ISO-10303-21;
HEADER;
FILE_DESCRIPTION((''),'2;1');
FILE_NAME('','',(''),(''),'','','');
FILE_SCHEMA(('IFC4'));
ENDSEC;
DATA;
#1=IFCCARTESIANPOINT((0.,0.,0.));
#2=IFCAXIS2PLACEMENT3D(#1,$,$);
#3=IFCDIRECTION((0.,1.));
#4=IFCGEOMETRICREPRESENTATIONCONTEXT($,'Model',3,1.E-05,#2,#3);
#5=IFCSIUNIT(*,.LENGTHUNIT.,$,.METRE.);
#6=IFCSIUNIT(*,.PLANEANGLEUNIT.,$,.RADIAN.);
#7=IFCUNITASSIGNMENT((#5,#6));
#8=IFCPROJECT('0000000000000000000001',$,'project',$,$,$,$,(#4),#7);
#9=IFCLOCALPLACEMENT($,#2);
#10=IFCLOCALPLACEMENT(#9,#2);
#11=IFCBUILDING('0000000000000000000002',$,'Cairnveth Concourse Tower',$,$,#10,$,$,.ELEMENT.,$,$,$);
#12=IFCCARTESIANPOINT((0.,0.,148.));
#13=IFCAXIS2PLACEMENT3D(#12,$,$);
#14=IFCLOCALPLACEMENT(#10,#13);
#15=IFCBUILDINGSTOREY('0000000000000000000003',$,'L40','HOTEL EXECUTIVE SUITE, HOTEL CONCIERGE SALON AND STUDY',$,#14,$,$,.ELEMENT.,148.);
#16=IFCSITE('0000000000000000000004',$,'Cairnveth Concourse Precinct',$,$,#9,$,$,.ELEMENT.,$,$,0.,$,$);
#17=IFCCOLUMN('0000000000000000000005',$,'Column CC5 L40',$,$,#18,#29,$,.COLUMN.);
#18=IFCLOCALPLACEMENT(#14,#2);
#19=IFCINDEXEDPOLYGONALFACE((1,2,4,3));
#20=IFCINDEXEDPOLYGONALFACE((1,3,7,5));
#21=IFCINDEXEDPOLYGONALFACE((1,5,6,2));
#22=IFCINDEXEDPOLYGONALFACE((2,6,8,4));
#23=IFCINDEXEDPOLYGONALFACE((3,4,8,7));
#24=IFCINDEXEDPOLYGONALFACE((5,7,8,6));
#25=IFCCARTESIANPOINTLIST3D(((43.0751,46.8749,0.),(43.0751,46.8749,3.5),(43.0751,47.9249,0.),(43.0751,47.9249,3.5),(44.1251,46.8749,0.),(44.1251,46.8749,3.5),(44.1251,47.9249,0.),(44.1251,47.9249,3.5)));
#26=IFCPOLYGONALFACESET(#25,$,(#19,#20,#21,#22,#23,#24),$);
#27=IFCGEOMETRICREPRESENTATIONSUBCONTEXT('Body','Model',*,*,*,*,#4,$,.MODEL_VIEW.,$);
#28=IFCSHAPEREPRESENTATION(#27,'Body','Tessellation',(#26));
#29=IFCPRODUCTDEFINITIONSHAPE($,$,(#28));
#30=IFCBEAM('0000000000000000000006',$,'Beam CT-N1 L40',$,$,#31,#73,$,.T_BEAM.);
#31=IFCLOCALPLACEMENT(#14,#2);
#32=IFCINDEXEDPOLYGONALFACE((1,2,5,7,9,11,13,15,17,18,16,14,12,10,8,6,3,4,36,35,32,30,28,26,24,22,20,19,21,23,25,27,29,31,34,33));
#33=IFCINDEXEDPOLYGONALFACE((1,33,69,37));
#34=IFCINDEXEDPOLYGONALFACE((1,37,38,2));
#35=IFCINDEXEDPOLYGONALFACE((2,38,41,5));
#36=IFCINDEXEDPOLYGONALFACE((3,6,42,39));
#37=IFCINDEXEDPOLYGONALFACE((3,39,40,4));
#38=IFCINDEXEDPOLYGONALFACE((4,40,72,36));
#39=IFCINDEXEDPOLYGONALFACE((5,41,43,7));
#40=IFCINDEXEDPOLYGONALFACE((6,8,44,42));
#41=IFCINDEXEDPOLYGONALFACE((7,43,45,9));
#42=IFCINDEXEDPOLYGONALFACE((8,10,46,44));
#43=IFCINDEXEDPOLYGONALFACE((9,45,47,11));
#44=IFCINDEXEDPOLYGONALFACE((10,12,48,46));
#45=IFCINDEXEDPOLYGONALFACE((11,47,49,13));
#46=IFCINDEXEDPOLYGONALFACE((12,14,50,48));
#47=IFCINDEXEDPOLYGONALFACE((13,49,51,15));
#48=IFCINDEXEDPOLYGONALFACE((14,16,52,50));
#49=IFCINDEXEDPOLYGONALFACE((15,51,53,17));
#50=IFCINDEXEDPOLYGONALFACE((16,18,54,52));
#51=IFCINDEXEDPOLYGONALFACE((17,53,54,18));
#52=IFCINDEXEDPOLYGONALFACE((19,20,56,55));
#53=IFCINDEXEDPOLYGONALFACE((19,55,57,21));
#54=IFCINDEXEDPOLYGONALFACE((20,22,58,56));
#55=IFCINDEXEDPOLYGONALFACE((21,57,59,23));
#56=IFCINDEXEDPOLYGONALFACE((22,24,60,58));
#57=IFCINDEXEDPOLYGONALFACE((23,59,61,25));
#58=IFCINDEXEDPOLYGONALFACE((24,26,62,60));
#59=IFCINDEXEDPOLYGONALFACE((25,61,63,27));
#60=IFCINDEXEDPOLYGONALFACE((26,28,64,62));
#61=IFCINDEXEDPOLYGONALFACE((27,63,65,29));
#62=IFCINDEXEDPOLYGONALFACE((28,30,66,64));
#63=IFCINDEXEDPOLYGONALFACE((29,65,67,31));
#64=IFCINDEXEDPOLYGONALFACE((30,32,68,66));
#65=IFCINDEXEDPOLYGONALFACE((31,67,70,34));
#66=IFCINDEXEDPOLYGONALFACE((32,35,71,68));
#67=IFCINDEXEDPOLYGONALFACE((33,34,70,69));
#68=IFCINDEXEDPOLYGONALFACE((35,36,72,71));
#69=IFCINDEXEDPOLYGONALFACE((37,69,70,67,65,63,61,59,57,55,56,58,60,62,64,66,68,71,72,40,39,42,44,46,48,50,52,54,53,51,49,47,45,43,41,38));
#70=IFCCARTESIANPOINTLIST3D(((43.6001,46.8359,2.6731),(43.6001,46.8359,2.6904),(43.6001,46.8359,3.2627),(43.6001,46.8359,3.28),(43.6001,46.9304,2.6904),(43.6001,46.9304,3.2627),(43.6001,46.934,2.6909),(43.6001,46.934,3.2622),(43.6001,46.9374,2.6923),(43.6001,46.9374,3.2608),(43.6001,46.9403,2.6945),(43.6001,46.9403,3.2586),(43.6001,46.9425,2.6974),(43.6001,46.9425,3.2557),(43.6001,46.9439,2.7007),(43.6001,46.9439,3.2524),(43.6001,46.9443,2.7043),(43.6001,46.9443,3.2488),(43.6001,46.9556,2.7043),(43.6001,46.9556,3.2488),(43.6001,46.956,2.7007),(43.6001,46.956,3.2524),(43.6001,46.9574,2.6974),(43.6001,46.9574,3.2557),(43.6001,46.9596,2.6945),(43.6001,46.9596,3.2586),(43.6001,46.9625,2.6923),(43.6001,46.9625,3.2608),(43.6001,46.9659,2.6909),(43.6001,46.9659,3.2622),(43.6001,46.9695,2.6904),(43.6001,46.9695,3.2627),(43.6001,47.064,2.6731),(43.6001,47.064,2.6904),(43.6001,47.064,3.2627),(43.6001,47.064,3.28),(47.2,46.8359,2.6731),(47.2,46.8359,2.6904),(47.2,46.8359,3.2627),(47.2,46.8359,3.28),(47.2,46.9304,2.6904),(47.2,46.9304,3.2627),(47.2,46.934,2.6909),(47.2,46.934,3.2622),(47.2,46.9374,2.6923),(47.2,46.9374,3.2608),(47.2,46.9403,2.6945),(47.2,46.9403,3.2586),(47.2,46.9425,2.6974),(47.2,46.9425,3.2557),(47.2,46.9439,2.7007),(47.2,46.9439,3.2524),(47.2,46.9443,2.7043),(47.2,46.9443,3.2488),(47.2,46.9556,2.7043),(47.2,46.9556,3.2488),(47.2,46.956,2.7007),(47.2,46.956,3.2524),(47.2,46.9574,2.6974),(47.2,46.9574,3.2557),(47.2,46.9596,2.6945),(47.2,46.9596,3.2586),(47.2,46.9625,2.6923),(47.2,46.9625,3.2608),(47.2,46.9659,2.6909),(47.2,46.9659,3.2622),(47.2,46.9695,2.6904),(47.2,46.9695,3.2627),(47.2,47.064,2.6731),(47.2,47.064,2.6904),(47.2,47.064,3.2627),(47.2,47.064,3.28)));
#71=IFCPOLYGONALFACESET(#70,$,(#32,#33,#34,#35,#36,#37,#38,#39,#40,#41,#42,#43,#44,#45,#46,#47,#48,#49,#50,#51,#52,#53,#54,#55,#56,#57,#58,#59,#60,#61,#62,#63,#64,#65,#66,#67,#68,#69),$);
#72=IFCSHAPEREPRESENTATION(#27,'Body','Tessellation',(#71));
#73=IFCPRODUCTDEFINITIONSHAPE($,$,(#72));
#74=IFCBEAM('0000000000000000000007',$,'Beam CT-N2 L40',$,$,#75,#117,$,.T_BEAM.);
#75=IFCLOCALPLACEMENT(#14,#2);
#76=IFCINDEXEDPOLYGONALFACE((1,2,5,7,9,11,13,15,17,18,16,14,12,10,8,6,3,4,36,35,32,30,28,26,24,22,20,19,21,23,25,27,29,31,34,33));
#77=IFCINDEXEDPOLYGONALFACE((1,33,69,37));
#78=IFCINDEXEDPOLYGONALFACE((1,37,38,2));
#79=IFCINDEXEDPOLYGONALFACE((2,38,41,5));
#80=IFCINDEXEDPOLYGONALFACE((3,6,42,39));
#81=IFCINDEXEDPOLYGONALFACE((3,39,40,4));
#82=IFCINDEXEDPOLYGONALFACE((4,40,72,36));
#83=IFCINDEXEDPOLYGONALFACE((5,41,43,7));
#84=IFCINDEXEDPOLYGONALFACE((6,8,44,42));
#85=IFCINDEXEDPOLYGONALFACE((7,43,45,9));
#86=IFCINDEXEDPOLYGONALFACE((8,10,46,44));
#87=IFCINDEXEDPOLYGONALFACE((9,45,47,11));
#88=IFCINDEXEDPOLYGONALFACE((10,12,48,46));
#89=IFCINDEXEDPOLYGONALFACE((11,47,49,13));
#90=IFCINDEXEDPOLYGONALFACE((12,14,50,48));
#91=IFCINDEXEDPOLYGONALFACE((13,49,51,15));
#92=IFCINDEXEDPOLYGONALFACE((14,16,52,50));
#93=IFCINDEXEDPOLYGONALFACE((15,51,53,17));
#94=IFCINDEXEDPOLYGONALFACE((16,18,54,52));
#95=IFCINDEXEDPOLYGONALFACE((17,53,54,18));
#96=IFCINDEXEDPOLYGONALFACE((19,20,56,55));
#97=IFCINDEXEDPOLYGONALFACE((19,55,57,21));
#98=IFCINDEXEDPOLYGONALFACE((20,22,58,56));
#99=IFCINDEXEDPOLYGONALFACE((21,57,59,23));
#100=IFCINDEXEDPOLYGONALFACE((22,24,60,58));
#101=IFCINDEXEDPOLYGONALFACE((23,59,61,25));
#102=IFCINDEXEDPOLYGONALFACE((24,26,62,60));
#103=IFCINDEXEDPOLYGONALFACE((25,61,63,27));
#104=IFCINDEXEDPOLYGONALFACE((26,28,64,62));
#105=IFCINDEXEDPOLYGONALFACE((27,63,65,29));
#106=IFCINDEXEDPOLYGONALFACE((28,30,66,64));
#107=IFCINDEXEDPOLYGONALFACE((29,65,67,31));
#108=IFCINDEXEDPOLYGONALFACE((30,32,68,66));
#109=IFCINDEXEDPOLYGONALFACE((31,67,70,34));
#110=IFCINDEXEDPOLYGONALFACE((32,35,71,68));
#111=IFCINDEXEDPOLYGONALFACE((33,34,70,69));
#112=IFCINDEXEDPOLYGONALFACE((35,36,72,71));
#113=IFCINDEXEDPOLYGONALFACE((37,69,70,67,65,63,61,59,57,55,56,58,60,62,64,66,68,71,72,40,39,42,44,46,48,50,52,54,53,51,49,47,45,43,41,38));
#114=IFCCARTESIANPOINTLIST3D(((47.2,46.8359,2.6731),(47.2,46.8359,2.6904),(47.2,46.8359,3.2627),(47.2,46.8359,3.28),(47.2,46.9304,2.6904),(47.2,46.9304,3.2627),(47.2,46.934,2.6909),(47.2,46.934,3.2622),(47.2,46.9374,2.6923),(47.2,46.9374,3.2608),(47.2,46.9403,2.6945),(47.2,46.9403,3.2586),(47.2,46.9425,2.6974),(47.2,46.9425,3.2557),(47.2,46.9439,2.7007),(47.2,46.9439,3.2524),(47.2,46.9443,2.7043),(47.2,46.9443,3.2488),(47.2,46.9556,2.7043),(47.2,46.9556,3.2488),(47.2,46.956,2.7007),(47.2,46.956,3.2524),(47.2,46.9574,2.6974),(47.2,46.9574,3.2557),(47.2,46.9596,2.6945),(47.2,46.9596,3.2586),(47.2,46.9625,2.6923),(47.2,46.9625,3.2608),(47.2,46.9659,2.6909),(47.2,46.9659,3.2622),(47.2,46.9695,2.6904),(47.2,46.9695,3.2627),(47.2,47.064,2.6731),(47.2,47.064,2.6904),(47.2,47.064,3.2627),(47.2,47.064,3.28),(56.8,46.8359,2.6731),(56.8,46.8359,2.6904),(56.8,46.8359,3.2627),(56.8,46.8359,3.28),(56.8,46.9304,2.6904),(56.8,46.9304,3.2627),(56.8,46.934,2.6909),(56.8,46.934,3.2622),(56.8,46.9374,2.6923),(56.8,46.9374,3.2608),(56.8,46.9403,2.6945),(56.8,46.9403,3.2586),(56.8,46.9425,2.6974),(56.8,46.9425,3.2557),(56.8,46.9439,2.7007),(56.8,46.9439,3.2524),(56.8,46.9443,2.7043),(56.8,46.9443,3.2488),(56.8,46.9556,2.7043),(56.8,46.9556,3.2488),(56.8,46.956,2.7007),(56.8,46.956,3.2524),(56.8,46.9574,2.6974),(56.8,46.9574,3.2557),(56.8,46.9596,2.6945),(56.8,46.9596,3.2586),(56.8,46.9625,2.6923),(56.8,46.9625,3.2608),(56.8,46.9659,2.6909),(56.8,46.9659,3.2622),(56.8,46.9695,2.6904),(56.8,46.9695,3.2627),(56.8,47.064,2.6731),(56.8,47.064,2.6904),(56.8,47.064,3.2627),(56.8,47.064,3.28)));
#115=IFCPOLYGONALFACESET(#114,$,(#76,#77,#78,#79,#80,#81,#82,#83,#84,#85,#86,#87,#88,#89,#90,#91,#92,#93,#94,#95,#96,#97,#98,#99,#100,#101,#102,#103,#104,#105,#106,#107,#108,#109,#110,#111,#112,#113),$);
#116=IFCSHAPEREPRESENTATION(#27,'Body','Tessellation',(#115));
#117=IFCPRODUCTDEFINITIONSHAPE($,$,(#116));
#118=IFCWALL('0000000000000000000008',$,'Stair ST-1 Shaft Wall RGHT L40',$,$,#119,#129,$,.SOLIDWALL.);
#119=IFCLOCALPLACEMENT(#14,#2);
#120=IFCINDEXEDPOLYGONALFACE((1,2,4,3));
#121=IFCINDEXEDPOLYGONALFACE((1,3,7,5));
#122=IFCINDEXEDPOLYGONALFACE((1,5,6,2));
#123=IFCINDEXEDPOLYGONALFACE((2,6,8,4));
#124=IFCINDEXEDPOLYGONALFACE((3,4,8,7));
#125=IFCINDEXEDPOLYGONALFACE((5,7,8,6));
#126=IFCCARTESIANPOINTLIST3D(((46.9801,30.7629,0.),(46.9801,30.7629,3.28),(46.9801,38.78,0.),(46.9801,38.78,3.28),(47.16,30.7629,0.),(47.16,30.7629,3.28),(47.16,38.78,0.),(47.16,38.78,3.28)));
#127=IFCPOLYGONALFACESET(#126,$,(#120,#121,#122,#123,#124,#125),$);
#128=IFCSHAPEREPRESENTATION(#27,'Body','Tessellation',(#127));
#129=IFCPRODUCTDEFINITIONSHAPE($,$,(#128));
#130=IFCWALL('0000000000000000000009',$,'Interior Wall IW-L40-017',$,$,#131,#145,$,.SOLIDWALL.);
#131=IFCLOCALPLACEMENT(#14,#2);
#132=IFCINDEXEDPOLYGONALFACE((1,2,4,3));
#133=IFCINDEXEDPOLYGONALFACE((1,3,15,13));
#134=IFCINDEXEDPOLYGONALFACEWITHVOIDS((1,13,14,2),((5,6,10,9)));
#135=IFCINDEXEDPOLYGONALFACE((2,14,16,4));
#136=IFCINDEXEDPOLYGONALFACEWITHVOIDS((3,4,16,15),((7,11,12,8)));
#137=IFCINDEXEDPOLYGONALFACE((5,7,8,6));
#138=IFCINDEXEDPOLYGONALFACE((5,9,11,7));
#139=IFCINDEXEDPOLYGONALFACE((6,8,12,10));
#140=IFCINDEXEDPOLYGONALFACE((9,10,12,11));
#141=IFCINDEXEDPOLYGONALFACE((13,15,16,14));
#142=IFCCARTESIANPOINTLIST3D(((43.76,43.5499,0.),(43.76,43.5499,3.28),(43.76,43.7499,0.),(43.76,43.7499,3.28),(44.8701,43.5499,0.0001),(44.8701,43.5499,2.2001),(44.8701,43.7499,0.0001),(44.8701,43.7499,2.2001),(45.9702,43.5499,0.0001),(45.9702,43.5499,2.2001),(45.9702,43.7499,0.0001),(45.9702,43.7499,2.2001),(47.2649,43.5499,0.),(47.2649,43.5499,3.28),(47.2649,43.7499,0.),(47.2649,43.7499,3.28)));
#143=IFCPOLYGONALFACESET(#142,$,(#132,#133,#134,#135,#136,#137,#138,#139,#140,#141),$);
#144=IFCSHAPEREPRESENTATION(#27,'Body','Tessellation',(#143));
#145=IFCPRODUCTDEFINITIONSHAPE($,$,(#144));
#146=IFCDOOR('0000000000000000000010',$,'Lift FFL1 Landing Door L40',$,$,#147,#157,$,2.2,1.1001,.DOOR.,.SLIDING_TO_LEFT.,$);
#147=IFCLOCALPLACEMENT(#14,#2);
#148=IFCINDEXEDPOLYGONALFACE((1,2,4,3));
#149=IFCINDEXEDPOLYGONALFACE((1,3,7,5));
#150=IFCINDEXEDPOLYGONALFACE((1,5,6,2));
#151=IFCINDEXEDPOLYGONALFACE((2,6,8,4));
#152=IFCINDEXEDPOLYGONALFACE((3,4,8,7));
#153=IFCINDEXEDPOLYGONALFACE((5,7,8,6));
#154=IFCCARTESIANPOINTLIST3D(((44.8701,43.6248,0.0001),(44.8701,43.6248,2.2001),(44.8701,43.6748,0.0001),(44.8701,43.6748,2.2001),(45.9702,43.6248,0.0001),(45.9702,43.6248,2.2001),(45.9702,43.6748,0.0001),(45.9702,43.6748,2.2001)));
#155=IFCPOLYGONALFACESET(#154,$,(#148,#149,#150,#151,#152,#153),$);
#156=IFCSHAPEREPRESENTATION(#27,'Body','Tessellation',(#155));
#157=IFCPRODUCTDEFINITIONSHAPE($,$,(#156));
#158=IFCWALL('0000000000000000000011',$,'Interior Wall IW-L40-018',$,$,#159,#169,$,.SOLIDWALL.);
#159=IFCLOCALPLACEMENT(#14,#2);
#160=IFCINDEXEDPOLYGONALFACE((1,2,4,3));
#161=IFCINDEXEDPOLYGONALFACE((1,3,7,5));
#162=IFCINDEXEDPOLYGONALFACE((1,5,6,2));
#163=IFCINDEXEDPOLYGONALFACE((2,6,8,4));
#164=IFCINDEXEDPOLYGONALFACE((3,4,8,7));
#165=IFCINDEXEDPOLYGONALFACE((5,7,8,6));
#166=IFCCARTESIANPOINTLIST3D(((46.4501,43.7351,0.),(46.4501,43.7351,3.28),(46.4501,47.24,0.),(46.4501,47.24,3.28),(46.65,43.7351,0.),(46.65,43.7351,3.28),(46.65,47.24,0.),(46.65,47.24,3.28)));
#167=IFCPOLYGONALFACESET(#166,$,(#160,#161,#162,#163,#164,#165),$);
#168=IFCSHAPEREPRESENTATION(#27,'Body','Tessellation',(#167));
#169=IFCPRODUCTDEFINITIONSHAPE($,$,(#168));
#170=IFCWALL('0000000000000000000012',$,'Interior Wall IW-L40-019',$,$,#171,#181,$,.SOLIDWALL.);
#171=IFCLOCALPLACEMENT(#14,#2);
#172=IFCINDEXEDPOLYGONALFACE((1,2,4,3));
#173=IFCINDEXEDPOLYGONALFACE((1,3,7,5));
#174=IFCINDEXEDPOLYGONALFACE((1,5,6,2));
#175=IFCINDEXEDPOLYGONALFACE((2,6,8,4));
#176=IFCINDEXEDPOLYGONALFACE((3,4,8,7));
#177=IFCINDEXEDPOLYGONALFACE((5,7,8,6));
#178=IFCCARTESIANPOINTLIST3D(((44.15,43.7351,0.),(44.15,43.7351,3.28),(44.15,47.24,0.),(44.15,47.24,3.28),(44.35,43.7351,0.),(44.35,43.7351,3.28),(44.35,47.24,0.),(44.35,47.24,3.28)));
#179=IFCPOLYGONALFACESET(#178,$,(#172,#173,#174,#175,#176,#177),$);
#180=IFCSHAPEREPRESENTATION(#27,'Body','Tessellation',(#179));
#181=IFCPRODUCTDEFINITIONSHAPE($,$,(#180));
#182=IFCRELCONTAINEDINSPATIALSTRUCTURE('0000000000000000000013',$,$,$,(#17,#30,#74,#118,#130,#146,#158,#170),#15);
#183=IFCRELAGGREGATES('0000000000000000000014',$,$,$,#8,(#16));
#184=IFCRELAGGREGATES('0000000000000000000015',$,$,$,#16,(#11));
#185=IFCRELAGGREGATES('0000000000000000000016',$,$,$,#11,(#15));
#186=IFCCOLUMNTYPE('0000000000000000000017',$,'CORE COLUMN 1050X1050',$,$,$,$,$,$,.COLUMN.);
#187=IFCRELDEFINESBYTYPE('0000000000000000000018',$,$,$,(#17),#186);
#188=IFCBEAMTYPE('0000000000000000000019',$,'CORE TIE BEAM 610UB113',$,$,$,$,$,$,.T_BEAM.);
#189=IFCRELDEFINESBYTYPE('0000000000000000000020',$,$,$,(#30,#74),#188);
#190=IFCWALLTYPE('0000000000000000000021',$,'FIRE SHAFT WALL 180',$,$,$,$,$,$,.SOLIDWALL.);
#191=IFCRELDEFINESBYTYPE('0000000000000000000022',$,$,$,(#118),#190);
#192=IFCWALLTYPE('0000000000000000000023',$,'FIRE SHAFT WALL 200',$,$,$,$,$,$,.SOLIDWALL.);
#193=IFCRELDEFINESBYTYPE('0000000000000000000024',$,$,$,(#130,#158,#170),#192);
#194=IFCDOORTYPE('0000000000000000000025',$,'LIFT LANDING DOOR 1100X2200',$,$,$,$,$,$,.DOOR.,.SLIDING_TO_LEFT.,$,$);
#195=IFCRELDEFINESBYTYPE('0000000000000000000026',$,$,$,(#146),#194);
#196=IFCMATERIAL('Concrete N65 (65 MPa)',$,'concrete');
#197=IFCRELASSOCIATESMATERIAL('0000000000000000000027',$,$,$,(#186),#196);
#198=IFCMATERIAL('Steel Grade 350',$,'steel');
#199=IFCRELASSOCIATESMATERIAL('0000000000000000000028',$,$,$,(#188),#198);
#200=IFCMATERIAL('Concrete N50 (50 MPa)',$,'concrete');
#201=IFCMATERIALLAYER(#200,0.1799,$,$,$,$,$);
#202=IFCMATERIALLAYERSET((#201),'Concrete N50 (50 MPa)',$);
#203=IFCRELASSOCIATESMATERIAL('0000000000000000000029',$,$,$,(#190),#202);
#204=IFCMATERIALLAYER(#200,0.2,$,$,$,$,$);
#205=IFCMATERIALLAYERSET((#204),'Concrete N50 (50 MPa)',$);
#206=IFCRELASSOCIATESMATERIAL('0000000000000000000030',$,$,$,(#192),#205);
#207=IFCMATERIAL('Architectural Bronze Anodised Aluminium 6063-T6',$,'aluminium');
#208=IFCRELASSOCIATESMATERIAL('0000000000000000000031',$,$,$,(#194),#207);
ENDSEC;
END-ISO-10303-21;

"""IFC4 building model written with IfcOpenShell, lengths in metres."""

from ifc_helpers import new_model, si_unit, direction, frame, frame_2d, origin, origin_2d, place, context, subcontext, project, spatial, rectangle, i_section, extrude, material, layer, layer_set, material_profile, profile_set, type_object, element, fill, save


model = new_model("IFC4")

# Units and contexts
model_context = context("Model", 3, precision=1e-05, world=origin(), true_north=direction((0.0, 1.0)))
body_context = subcontext(model_context, "Body", "Model", "MODEL_VIEW")
ifc_project = project(units=[si_unit("LENGTHUNIT", "METRE"), si_unit("PLANEANGLEUNIT", "RADIAN")], contexts=[model_context])

# Site, building, storey
site_placement = place(None, origin())
site = spatial("IfcSite", under=ifc_project, at=site_placement, Name="Cairnveth Concourse Precinct", CompositionType="ELEMENT", RefElevation=0.0)
building_placement = place(site_placement, origin())
building = spatial("IfcBuilding", under=site, at=building_placement, Name="Cairnveth Concourse Tower", CompositionType="ELEMENT")
storey_placement = place(building_placement, frame((0.0, 0.0, 148.0)))
storey = spatial("IfcBuildingStorey", under=building, at=storey_placement, Name="L40", Description="HOTEL EXECUTIVE SUITE, HOTEL CONCIERGE SALON AND STUDY", CompositionType="ELEMENT", Elevation=148.0)

# Column
ifc_material_1 = material(Name="Concrete N65 (65 MPa)", Category="concrete")
ifc_material_profile_1 = material_profile(ifc_material_1, rectangle(XDim=1.05, YDim=1.05, at=origin_2d()), Name="RC-COL-1050x1050")
ifc_profile_set_1 = profile_set([ifc_material_profile_1], Name="Concrete N65 (65 MPa)")
column_type = type_object("IfcColumnType", Name="CORE COLUMN 1050X1050", PredefinedType="COLUMN", material=ifc_profile_set_1)
column_placement = place(storey_placement, frame((43.6001, 47.3999, 0.0), z_axis=(0.0, 0.0, 1.0), x_axis=(1.0, 0.0, 0.0)))
element("IfcColumn", 1, at=column_placement, inside=storey, type_object=column_type, Name="Column CC5 L40", PredefinedType="COLUMN", context=body_context, shape_type="SweptSolid", body=[
    extrude(rectangle(XDim=1.05, YDim=1.05, at=origin_2d()), origin(), (0.0, 0.0, 1.0), 3.5),
])

# Beams
ifc_material_2 = material(Name="Steel Grade 350", Category="steel")
ifc_material_profile_2 = material_profile(ifc_material_2, i_section(OverallWidth=0.228, OverallDepth=0.6069, WebThickness=0.0112, FlangeThickness=0.0173, FilletRadius=0.0139, at=origin_2d()), Name="610UB113")
ifc_profile_set_2 = profile_set([ifc_material_profile_2], Name="Steel Grade 350")
beam_type = type_object("IfcBeamType", Name="CORE TIE BEAM 610UB113", PredefinedType="T_BEAM", material=ifc_profile_set_2)
beam_1_placement = place(storey_placement, frame((43.6001, 46.95, 2.9766), z_axis=(1.0, 0.0, 0.0), x_axis=(0.0, 1.0, 0.0)))
element("IfcBeam", 2, at=beam_1_placement, inside=storey, type_object=beam_type, Name="Beam CT-N1 L40", PredefinedType="T_BEAM", context=body_context, shape_type="SweptSolid", body=[
    extrude(i_section(OverallWidth=0.228, OverallDepth=0.6069, WebThickness=0.0112, FlangeThickness=0.0173, FilletRadius=0.0139, at=origin_2d()), origin(), (0.0, 0.0, 1.0), 3.5999),
])
beam_2_placement = place(storey_placement, frame((47.2, 46.95, 2.9766), z_axis=(1.0, 0.0, 0.0), x_axis=(0.0, 1.0, 0.0)))
element("IfcBeam", 3, at=beam_2_placement, inside=storey, type_object=beam_type, Name="Beam CT-N2 L40", PredefinedType="T_BEAM", context=body_context, shape_type="SweptSolid", body=[
    extrude(i_section(OverallWidth=0.228, OverallDepth=0.6069, WebThickness=0.0112, FlangeThickness=0.0173, FilletRadius=0.0139, at=origin_2d()), origin(), (0.0, 0.0, 1.0), 9.6001),
])

# Shared definitions
ifc_material_3 = material(Name="Concrete N50 (50 MPa)", Category="concrete")
ifc_layer_1 = layer(ifc_material_3, 0.1799)
ifc_layer_set_1 = layer_set([ifc_layer_1], Name="Concrete N50 (50 MPa)")
wall_type_1 = type_object("IfcWallType", Name="FIRE SHAFT WALL 180", PredefinedType="SOLIDWALL", material=ifc_layer_set_1)

# Wall
wall_1_placement = place(storey_placement, frame((47.0701, 38.78, 0.0), z_axis=(0.0, 0.0, 1.0), x_axis=(0.0, -1.0, 0.0)))
element("IfcWall", 4, at=wall_1_placement, inside=storey, type_object=wall_type_1, Name="Stair ST-1 Shaft Wall RGHT L40", PredefinedType="SOLIDWALL", context=body_context, shape_type="SweptSolid", body=[
    extrude(rectangle(XDim=8.0171, YDim=0.1799, at=frame_2d((4.0085, 0.0))), origin(), (0.0, 0.0, 1.0), 3.28),
])

# Wall, opening, door
ifc_layer_2 = layer(ifc_material_3, 0.2)
ifc_layer_set_2 = layer_set([ifc_layer_2], Name="Concrete N50 (50 MPa)")
wall_type_2 = type_object("IfcWallType", Name="FIRE SHAFT WALL 200", PredefinedType="SOLIDWALL", material=ifc_layer_set_2)
wall_2_placement = place(storey_placement, frame((43.76, 43.6499, 0.0), z_axis=(0.0, 0.0, 1.0), x_axis=(1.0, 0.0, 0.0)))
wall_2 = element("IfcWall", 5, at=wall_2_placement, inside=storey, type_object=wall_type_2, Name="Interior Wall IW-L40-017", PredefinedType="SOLIDWALL", context=body_context, shape_type="SweptSolid", body=[
    extrude(rectangle(XDim=3.5049, YDim=0.2, at=frame_2d((1.7524, 0.0))), origin(), (0.0, 0.0, 1.0), 3.28),
])
opening_1_placement = place(wall_2_placement, frame((1.1101, 0.0, 0.0)))
opening_1 = element("IfcOpeningElement", 6, at=opening_1_placement, cuts=wall_2, PredefinedType="OPENING", context=body_context, shape_type="SweptSolid", body=[
    extrude(rectangle(XDim=1.1001, YDim=2.2, at=frame_2d((0.55, 1.1001))), frame((0.0, 0.1099, 0.0), z_axis=(0.0, -1.0, 0.0), x_axis=(1.0, 0.0, 0.0)), (0.0, 0.0, 1.0), 0.22),
])
ifc_material_4 = material(Name="Architectural Bronze Anodised Aluminium 6063-T6", Category="aluminium")
door_type_1 = type_object("IfcDoorType", Name="LIFT LANDING DOOR 1100X2200", OperationType="SLIDING_TO_LEFT", PredefinedType="DOOR", material=ifc_material_4)
door_1_placement = place(opening_1_placement, origin())
door_1 = element("IfcDoor", 7, at=door_1_placement, inside=storey, type_object=door_type_1, Name="Lift FFL1 Landing Door L40", OperationType="SLIDING_TO_LEFT", OverallHeight=2.2, OverallWidth=1.1001, PredefinedType="DOOR", context=body_context, shape_type="SweptSolid", body=[
    extrude(rectangle(XDim=1.1001, YDim=2.2, at=frame_2d((0.55, 1.1001))), frame((0.0, 0.0249, 0.0), z_axis=(0.0, -1.0, 0.0), x_axis=(1.0, 0.0, 0.0)), (0.0, 0.0, 1.0), 0.05),
])
fill(opening_1, door_1)

# Walls
for number, where, z_axis, x_axis, name in (
    (8, (46.55, 43.7351, 0.0), (0.0, 0.0, 1.0), (0.0, 1.0, 0.0), "Interior Wall IW-L40-018"),
    (9, (44.25, 43.7351, 0.0), (0.0, 0.0, 1.0), (0.0, 1.0, 0.0), "Interior Wall IW-L40-019"),
):
    element("IfcWall", number, at=place(storey_placement, frame(where, z_axis=z_axis, x_axis=x_axis)), inside=storey, type_object=wall_type_2, Name=name, PredefinedType="SOLIDWALL", context=body_context, shape_type="SweptSolid", body=[
        extrude(rectangle(XDim=3.5049, YDim=0.2, at=frame_2d((1.7524, 0.0))), origin(), (0.0, 0.0, 1.0), 3.28),
    ])

save(model, "model.ifc")
